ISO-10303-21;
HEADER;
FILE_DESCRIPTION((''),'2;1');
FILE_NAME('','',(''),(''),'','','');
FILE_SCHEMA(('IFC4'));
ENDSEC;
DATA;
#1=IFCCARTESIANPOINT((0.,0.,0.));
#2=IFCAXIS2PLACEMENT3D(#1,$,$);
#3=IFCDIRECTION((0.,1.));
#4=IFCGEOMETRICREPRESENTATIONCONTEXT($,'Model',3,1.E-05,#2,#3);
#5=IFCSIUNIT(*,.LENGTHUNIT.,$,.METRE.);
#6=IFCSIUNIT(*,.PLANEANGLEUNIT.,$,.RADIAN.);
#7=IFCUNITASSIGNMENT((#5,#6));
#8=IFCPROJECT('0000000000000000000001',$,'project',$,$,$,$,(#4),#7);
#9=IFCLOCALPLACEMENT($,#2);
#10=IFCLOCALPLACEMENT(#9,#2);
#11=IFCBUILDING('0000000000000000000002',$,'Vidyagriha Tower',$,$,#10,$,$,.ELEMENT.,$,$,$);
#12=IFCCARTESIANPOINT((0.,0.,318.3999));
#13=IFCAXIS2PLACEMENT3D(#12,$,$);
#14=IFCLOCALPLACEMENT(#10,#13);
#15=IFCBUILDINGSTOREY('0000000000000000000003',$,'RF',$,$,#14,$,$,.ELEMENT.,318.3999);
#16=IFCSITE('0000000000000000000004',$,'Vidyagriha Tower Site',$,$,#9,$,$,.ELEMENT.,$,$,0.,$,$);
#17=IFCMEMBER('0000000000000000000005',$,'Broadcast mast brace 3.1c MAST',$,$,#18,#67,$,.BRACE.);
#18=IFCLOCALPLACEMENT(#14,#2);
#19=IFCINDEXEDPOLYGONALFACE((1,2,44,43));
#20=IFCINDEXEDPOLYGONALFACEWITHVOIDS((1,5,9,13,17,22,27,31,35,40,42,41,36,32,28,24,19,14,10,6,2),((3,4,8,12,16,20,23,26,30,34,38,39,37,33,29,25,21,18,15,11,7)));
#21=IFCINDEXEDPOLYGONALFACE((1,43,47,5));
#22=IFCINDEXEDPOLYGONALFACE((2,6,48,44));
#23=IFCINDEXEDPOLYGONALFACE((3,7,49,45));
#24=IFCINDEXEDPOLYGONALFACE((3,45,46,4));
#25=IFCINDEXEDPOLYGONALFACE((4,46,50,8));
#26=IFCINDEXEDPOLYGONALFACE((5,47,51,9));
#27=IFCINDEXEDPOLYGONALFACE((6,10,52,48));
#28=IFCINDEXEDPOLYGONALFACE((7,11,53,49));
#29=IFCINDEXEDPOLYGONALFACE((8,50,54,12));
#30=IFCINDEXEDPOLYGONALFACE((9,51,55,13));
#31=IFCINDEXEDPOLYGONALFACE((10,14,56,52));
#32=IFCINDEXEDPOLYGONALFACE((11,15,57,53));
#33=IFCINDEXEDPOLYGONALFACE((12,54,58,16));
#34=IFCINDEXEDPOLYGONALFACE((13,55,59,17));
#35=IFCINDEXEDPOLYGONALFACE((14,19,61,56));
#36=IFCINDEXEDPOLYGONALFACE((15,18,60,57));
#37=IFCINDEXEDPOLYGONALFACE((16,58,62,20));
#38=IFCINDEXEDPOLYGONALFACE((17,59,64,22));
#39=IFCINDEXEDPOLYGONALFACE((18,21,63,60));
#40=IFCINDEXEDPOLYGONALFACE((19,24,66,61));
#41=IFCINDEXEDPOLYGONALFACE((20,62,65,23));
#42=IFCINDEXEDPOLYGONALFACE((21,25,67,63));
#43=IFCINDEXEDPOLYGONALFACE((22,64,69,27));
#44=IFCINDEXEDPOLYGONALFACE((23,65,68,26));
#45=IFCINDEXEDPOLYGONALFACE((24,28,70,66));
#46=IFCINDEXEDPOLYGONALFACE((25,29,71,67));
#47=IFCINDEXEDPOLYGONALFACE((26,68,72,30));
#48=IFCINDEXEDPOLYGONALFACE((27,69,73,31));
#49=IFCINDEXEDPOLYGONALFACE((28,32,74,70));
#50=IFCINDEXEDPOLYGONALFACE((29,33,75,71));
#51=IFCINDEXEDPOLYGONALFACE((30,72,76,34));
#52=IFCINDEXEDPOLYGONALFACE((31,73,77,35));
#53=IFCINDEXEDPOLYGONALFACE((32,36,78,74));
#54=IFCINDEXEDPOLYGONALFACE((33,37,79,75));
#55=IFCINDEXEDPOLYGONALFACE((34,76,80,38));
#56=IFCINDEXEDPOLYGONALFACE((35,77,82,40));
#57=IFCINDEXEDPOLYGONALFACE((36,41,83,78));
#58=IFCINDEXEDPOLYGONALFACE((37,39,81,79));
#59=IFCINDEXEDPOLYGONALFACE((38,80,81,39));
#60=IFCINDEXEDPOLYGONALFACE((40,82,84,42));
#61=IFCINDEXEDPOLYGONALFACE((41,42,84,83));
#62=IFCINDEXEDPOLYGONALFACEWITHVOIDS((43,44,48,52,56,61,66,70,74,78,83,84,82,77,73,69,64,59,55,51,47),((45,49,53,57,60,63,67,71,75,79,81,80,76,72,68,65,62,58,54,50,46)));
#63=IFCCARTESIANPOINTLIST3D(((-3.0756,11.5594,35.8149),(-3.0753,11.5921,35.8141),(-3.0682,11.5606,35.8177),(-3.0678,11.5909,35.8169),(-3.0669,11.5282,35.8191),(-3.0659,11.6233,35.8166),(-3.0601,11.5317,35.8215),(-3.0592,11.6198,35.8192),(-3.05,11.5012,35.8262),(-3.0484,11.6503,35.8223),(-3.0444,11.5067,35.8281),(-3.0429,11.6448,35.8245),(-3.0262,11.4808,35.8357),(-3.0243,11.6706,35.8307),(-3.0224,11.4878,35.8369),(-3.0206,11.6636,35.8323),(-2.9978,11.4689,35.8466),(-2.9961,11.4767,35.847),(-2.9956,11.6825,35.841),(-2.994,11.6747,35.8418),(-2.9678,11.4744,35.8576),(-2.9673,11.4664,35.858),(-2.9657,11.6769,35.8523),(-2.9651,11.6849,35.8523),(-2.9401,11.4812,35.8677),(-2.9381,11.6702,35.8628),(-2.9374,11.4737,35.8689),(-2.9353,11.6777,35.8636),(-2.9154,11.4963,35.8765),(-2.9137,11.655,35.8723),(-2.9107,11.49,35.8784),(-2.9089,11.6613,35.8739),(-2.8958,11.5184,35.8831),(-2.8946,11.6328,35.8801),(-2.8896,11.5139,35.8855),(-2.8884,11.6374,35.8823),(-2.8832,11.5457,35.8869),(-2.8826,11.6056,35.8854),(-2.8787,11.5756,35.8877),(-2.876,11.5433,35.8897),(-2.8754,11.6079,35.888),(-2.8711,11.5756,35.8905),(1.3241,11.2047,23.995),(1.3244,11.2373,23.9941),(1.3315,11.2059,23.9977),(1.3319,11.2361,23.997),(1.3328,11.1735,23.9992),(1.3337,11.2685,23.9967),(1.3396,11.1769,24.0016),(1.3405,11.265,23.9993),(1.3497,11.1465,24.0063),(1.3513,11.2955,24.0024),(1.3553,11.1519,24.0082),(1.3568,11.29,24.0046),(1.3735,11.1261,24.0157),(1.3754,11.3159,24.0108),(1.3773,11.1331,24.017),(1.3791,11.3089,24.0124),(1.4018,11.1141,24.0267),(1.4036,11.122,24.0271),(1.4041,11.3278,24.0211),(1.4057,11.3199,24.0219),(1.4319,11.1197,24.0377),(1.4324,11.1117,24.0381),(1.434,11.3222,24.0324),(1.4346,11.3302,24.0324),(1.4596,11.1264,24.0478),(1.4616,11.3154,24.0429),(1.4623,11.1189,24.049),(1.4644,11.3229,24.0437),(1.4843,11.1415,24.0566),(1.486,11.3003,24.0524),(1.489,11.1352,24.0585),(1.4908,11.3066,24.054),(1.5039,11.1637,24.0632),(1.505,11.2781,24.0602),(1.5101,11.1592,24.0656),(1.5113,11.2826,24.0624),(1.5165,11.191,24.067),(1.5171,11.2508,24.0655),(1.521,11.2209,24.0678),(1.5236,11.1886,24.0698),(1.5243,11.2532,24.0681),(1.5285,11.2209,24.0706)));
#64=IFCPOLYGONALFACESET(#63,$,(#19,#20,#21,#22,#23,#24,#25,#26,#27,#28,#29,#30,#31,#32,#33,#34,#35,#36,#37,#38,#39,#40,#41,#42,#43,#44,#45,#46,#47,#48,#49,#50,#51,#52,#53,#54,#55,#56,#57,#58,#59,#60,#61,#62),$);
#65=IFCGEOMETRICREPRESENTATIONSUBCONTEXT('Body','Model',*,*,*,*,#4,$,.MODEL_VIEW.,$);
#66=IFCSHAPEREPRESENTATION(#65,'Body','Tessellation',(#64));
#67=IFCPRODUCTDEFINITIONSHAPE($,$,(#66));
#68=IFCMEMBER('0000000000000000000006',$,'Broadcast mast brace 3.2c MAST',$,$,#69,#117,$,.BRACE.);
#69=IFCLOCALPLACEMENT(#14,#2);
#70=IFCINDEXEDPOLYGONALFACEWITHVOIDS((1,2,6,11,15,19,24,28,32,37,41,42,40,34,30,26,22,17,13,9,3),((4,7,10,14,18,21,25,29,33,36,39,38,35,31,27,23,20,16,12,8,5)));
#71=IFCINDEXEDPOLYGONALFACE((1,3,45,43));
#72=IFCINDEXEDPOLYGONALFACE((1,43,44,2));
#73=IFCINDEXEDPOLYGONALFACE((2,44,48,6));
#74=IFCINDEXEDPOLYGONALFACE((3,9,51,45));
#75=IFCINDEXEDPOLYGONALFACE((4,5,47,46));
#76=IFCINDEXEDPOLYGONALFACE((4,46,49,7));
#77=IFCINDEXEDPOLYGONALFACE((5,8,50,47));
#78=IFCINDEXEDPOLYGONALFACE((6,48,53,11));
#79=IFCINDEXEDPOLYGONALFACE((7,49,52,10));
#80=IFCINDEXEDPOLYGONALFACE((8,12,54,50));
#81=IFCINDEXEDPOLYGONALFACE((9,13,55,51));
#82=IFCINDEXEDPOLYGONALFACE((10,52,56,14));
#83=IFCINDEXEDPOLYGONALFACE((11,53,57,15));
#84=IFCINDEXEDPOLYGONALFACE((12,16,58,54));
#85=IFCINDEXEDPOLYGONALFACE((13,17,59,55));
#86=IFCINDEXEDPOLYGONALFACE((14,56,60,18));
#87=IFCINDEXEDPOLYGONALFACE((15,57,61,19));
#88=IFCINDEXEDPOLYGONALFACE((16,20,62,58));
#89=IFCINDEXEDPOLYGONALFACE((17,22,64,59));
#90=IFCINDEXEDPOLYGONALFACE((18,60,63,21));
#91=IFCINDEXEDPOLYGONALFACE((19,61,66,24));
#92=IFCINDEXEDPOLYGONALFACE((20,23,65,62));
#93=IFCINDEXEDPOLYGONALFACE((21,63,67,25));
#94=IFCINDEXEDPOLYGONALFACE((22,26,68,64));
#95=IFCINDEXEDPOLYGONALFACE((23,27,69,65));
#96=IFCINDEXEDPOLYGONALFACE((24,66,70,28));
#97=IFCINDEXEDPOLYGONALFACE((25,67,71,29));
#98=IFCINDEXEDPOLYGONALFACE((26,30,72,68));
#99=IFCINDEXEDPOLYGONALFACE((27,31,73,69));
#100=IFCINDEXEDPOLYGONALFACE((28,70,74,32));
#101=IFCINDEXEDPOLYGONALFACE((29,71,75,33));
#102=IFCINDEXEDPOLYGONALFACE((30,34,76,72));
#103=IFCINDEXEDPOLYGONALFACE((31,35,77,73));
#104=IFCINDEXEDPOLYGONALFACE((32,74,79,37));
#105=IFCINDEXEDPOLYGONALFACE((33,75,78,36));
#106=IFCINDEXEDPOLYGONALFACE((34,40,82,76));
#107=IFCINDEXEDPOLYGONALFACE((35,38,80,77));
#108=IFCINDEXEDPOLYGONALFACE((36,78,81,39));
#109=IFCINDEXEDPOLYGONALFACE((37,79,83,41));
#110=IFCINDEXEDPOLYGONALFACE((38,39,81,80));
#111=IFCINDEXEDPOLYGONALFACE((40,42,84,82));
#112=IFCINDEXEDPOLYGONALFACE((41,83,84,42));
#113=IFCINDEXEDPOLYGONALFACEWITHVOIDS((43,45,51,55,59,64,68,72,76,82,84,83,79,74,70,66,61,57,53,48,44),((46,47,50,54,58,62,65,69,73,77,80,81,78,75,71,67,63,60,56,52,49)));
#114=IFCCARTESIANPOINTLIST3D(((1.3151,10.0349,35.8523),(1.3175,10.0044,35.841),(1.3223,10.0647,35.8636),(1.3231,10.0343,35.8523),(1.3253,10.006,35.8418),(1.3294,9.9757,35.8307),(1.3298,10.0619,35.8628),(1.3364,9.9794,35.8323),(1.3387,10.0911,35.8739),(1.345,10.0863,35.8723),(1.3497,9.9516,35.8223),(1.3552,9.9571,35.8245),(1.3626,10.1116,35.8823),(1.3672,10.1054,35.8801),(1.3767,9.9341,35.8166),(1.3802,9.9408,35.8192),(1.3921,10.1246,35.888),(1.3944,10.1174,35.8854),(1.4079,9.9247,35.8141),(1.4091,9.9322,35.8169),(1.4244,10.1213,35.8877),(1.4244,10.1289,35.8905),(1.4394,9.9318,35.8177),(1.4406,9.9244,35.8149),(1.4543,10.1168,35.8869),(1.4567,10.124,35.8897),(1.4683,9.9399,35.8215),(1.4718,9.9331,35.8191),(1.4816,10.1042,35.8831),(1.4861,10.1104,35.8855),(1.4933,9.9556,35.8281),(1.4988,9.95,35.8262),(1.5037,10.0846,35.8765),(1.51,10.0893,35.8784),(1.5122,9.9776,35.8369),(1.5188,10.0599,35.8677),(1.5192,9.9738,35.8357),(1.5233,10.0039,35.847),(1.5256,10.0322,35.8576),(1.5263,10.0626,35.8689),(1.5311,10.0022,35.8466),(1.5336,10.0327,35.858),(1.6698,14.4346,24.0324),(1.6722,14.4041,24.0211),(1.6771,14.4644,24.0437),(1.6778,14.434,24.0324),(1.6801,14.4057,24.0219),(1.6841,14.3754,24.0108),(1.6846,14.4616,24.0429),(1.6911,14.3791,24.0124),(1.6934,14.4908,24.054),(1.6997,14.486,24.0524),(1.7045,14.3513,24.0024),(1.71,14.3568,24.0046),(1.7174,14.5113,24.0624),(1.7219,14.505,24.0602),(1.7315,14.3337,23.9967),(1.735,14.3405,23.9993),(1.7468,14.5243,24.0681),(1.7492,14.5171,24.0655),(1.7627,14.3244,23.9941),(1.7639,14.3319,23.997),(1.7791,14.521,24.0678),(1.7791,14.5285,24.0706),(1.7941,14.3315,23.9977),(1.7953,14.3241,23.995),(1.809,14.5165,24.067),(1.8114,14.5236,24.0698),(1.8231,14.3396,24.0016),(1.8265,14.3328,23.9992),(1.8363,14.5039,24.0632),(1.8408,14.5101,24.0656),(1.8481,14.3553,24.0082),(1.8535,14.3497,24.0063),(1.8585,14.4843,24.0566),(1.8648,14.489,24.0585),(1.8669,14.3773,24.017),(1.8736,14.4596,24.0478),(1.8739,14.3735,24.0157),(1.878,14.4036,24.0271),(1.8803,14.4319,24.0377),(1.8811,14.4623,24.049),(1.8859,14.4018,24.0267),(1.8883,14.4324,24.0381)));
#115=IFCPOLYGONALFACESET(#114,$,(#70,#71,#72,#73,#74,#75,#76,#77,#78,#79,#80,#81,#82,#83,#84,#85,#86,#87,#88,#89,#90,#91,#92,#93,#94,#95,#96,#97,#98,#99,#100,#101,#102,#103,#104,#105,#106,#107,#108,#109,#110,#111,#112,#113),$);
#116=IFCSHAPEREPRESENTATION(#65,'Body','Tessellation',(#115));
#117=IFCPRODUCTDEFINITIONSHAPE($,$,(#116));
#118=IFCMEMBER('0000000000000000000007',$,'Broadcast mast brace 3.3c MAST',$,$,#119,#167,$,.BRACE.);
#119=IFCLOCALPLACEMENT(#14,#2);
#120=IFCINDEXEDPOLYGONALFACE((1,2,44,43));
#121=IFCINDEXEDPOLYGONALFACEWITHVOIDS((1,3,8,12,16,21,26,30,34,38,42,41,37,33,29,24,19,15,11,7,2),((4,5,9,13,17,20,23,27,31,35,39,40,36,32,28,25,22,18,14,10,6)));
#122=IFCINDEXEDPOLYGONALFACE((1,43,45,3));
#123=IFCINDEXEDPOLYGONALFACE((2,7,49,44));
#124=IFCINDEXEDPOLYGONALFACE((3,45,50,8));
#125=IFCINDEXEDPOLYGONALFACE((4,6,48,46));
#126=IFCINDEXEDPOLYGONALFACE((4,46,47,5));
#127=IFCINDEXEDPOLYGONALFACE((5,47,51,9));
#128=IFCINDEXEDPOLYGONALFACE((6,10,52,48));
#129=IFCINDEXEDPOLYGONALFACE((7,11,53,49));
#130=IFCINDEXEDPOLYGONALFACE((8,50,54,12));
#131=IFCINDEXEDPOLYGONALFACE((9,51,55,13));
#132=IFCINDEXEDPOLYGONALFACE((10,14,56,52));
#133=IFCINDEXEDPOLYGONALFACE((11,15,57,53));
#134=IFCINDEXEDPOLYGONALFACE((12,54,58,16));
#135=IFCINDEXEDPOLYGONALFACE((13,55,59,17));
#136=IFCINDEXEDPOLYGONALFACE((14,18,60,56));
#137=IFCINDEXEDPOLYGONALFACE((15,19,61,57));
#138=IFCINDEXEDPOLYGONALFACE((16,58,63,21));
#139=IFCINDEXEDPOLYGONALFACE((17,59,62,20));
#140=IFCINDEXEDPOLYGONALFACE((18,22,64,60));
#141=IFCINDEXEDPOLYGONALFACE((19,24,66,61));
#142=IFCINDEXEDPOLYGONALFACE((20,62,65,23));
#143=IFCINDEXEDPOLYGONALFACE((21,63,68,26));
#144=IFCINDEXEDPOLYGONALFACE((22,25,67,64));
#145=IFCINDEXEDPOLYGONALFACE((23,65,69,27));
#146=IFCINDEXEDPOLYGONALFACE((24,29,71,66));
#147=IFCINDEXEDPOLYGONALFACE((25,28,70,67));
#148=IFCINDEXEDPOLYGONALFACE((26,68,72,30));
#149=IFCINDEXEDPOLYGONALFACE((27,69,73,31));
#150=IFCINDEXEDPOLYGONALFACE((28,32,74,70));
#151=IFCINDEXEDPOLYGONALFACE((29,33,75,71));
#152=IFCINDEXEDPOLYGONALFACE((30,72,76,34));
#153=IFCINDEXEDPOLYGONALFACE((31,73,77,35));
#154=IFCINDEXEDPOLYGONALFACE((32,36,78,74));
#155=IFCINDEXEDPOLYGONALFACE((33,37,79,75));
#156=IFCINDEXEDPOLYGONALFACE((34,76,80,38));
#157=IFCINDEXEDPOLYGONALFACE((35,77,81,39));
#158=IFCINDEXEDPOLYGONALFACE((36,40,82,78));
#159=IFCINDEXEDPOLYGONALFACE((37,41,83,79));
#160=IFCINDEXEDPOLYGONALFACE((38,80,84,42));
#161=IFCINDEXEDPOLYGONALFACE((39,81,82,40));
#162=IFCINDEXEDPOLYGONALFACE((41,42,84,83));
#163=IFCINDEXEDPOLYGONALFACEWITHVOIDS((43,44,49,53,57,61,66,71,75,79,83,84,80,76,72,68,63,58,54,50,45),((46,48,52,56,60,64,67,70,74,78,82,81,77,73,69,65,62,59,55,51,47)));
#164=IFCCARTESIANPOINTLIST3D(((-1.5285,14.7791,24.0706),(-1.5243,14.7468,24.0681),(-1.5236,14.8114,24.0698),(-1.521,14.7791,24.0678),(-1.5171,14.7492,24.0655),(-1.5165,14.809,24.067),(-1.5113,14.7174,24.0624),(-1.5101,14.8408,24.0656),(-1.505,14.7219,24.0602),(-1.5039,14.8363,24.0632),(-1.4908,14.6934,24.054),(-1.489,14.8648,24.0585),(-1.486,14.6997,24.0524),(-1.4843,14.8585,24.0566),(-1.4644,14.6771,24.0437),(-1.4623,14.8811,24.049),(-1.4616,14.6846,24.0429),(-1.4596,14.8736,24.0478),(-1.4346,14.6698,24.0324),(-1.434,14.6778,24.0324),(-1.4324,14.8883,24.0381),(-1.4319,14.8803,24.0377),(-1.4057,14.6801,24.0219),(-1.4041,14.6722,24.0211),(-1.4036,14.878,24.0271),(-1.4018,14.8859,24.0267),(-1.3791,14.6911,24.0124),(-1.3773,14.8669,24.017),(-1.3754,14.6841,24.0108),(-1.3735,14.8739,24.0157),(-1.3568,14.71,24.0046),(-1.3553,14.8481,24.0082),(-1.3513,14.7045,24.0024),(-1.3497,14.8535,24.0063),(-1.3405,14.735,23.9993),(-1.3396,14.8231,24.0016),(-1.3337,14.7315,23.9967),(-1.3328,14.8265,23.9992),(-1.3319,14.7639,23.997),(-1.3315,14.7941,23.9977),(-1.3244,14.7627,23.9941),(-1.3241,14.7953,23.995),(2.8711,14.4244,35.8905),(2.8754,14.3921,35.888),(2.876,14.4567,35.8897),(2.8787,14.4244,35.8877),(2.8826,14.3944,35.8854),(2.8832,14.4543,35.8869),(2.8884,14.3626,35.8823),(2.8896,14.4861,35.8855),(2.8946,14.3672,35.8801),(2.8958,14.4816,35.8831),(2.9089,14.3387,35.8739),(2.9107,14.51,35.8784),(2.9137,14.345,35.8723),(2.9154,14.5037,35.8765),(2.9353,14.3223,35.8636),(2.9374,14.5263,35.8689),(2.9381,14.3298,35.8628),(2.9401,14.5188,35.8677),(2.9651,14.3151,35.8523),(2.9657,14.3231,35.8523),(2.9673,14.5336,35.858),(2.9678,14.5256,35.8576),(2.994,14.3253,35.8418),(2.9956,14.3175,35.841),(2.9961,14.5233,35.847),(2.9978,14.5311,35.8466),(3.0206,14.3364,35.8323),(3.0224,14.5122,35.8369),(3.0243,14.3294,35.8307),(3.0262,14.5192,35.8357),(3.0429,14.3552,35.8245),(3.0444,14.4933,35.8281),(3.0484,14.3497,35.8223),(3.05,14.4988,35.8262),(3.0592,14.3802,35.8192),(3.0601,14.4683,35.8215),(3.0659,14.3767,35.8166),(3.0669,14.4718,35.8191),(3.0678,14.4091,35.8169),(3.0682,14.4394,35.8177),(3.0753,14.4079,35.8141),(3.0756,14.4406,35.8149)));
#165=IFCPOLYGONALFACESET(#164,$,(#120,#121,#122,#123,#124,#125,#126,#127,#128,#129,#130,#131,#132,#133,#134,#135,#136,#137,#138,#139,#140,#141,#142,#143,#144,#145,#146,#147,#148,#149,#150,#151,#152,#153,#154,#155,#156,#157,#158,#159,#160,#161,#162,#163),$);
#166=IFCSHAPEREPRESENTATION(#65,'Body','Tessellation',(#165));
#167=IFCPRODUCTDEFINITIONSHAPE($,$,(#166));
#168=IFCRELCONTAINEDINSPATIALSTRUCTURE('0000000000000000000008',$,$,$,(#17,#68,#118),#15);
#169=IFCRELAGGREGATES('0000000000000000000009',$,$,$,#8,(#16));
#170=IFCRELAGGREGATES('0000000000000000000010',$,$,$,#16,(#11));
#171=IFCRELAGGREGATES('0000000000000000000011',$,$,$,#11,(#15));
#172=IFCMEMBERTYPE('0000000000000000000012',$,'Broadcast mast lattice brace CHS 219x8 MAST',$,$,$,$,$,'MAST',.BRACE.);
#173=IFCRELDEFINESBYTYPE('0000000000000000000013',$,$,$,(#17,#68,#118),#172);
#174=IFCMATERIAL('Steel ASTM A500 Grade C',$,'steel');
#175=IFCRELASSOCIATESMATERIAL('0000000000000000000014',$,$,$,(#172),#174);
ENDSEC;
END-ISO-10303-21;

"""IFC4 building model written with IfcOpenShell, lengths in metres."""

from ifc_helpers import new_model, si_unit, direction, frame, origin, origin_2d, place, context, subcontext, project, spatial, hollow_circle, extrude, material, material_profile, profile_set, type_object, element, save


model = new_model("IFC4")

# Units and contexts
model_context = context("Model", 3, precision=1e-05, world=origin(), true_north=direction((0.0, 1.0)))
body_context = subcontext(model_context, "Body", "Model", "MODEL_VIEW")
ifc_project = project(units=[si_unit("LENGTHUNIT", "METRE"), si_unit("PLANEANGLEUNIT", "RADIAN")], contexts=[model_context])

# Site, building, storey
site_placement = place(None, origin())
site = spatial("IfcSite", under=ifc_project, at=site_placement, Name="Vidyagriha Tower Site", CompositionType="ELEMENT", RefElevation=0.0)
building_placement = place(site_placement, origin())
building = spatial("IfcBuilding", under=site, at=building_placement, Name="Vidyagriha Tower", CompositionType="ELEMENT")
storey_placement = place(building_placement, frame((0.0, 0.0, 318.3999)))
storey = spatial("IfcBuildingStorey", under=building, at=storey_placement, Name="RF", CompositionType="ELEMENT", Elevation=318.3999)

# Members
ifc_material = material(Name="Steel ASTM A500 Grade C", Category="steel")
ifc_material_profile = material_profile(ifc_material, hollow_circle(Radius=0.1096, WallThickness=0.0081, at=origin_2d()), Name="Broadcast mast lattice brace CHS 219x8 MAST")
ifc_profile_set = profile_set([ifc_material_profile], Name="Steel ASTM A500 Grade C")
member_type = type_object("IfcMemberType", Name="Broadcast mast lattice brace CHS 219x8 MAST", ElementType="MAST", PredefinedType="BRACE", material=ifc_profile_set)
for number, where, z_axis, x_axis, name in (
    (1, (-2.9739, 11.5757, 35.8523), (0.348706, -0.028116, -0.93681), (0.080367, 0.996765, 0.0), "Broadcast mast brace 3.1c MAST"),
    (2, (1.4243, 10.0261, 35.8523), (0.028116, 0.348706, -0.93681), (-0.996765, 0.080367, 0.0), "Broadcast mast brace 3.2c MAST"),
    (3, (2.9739, 14.4243, 35.8523), (-0.348706, 0.028116, -0.93681), (-0.080367, -0.996765, 0.0), "Broadcast mast brace 3.3c MAST"),
):
    element("IfcMember", number, at=place(storey_placement, frame(where, z_axis=z_axis, x_axis=x_axis)), inside=storey, type_object=member_type, Name=name, PredefinedType="BRACE", context=body_context, shape_type="SweptSolid", body=[
        extrude(hollow_circle(Radius=0.1096, WallThickness=0.0081, at=origin_2d()), origin(), (0.0, 0.0, 1.0), 12.6172),
    ])

save(model, "model.ifc")
